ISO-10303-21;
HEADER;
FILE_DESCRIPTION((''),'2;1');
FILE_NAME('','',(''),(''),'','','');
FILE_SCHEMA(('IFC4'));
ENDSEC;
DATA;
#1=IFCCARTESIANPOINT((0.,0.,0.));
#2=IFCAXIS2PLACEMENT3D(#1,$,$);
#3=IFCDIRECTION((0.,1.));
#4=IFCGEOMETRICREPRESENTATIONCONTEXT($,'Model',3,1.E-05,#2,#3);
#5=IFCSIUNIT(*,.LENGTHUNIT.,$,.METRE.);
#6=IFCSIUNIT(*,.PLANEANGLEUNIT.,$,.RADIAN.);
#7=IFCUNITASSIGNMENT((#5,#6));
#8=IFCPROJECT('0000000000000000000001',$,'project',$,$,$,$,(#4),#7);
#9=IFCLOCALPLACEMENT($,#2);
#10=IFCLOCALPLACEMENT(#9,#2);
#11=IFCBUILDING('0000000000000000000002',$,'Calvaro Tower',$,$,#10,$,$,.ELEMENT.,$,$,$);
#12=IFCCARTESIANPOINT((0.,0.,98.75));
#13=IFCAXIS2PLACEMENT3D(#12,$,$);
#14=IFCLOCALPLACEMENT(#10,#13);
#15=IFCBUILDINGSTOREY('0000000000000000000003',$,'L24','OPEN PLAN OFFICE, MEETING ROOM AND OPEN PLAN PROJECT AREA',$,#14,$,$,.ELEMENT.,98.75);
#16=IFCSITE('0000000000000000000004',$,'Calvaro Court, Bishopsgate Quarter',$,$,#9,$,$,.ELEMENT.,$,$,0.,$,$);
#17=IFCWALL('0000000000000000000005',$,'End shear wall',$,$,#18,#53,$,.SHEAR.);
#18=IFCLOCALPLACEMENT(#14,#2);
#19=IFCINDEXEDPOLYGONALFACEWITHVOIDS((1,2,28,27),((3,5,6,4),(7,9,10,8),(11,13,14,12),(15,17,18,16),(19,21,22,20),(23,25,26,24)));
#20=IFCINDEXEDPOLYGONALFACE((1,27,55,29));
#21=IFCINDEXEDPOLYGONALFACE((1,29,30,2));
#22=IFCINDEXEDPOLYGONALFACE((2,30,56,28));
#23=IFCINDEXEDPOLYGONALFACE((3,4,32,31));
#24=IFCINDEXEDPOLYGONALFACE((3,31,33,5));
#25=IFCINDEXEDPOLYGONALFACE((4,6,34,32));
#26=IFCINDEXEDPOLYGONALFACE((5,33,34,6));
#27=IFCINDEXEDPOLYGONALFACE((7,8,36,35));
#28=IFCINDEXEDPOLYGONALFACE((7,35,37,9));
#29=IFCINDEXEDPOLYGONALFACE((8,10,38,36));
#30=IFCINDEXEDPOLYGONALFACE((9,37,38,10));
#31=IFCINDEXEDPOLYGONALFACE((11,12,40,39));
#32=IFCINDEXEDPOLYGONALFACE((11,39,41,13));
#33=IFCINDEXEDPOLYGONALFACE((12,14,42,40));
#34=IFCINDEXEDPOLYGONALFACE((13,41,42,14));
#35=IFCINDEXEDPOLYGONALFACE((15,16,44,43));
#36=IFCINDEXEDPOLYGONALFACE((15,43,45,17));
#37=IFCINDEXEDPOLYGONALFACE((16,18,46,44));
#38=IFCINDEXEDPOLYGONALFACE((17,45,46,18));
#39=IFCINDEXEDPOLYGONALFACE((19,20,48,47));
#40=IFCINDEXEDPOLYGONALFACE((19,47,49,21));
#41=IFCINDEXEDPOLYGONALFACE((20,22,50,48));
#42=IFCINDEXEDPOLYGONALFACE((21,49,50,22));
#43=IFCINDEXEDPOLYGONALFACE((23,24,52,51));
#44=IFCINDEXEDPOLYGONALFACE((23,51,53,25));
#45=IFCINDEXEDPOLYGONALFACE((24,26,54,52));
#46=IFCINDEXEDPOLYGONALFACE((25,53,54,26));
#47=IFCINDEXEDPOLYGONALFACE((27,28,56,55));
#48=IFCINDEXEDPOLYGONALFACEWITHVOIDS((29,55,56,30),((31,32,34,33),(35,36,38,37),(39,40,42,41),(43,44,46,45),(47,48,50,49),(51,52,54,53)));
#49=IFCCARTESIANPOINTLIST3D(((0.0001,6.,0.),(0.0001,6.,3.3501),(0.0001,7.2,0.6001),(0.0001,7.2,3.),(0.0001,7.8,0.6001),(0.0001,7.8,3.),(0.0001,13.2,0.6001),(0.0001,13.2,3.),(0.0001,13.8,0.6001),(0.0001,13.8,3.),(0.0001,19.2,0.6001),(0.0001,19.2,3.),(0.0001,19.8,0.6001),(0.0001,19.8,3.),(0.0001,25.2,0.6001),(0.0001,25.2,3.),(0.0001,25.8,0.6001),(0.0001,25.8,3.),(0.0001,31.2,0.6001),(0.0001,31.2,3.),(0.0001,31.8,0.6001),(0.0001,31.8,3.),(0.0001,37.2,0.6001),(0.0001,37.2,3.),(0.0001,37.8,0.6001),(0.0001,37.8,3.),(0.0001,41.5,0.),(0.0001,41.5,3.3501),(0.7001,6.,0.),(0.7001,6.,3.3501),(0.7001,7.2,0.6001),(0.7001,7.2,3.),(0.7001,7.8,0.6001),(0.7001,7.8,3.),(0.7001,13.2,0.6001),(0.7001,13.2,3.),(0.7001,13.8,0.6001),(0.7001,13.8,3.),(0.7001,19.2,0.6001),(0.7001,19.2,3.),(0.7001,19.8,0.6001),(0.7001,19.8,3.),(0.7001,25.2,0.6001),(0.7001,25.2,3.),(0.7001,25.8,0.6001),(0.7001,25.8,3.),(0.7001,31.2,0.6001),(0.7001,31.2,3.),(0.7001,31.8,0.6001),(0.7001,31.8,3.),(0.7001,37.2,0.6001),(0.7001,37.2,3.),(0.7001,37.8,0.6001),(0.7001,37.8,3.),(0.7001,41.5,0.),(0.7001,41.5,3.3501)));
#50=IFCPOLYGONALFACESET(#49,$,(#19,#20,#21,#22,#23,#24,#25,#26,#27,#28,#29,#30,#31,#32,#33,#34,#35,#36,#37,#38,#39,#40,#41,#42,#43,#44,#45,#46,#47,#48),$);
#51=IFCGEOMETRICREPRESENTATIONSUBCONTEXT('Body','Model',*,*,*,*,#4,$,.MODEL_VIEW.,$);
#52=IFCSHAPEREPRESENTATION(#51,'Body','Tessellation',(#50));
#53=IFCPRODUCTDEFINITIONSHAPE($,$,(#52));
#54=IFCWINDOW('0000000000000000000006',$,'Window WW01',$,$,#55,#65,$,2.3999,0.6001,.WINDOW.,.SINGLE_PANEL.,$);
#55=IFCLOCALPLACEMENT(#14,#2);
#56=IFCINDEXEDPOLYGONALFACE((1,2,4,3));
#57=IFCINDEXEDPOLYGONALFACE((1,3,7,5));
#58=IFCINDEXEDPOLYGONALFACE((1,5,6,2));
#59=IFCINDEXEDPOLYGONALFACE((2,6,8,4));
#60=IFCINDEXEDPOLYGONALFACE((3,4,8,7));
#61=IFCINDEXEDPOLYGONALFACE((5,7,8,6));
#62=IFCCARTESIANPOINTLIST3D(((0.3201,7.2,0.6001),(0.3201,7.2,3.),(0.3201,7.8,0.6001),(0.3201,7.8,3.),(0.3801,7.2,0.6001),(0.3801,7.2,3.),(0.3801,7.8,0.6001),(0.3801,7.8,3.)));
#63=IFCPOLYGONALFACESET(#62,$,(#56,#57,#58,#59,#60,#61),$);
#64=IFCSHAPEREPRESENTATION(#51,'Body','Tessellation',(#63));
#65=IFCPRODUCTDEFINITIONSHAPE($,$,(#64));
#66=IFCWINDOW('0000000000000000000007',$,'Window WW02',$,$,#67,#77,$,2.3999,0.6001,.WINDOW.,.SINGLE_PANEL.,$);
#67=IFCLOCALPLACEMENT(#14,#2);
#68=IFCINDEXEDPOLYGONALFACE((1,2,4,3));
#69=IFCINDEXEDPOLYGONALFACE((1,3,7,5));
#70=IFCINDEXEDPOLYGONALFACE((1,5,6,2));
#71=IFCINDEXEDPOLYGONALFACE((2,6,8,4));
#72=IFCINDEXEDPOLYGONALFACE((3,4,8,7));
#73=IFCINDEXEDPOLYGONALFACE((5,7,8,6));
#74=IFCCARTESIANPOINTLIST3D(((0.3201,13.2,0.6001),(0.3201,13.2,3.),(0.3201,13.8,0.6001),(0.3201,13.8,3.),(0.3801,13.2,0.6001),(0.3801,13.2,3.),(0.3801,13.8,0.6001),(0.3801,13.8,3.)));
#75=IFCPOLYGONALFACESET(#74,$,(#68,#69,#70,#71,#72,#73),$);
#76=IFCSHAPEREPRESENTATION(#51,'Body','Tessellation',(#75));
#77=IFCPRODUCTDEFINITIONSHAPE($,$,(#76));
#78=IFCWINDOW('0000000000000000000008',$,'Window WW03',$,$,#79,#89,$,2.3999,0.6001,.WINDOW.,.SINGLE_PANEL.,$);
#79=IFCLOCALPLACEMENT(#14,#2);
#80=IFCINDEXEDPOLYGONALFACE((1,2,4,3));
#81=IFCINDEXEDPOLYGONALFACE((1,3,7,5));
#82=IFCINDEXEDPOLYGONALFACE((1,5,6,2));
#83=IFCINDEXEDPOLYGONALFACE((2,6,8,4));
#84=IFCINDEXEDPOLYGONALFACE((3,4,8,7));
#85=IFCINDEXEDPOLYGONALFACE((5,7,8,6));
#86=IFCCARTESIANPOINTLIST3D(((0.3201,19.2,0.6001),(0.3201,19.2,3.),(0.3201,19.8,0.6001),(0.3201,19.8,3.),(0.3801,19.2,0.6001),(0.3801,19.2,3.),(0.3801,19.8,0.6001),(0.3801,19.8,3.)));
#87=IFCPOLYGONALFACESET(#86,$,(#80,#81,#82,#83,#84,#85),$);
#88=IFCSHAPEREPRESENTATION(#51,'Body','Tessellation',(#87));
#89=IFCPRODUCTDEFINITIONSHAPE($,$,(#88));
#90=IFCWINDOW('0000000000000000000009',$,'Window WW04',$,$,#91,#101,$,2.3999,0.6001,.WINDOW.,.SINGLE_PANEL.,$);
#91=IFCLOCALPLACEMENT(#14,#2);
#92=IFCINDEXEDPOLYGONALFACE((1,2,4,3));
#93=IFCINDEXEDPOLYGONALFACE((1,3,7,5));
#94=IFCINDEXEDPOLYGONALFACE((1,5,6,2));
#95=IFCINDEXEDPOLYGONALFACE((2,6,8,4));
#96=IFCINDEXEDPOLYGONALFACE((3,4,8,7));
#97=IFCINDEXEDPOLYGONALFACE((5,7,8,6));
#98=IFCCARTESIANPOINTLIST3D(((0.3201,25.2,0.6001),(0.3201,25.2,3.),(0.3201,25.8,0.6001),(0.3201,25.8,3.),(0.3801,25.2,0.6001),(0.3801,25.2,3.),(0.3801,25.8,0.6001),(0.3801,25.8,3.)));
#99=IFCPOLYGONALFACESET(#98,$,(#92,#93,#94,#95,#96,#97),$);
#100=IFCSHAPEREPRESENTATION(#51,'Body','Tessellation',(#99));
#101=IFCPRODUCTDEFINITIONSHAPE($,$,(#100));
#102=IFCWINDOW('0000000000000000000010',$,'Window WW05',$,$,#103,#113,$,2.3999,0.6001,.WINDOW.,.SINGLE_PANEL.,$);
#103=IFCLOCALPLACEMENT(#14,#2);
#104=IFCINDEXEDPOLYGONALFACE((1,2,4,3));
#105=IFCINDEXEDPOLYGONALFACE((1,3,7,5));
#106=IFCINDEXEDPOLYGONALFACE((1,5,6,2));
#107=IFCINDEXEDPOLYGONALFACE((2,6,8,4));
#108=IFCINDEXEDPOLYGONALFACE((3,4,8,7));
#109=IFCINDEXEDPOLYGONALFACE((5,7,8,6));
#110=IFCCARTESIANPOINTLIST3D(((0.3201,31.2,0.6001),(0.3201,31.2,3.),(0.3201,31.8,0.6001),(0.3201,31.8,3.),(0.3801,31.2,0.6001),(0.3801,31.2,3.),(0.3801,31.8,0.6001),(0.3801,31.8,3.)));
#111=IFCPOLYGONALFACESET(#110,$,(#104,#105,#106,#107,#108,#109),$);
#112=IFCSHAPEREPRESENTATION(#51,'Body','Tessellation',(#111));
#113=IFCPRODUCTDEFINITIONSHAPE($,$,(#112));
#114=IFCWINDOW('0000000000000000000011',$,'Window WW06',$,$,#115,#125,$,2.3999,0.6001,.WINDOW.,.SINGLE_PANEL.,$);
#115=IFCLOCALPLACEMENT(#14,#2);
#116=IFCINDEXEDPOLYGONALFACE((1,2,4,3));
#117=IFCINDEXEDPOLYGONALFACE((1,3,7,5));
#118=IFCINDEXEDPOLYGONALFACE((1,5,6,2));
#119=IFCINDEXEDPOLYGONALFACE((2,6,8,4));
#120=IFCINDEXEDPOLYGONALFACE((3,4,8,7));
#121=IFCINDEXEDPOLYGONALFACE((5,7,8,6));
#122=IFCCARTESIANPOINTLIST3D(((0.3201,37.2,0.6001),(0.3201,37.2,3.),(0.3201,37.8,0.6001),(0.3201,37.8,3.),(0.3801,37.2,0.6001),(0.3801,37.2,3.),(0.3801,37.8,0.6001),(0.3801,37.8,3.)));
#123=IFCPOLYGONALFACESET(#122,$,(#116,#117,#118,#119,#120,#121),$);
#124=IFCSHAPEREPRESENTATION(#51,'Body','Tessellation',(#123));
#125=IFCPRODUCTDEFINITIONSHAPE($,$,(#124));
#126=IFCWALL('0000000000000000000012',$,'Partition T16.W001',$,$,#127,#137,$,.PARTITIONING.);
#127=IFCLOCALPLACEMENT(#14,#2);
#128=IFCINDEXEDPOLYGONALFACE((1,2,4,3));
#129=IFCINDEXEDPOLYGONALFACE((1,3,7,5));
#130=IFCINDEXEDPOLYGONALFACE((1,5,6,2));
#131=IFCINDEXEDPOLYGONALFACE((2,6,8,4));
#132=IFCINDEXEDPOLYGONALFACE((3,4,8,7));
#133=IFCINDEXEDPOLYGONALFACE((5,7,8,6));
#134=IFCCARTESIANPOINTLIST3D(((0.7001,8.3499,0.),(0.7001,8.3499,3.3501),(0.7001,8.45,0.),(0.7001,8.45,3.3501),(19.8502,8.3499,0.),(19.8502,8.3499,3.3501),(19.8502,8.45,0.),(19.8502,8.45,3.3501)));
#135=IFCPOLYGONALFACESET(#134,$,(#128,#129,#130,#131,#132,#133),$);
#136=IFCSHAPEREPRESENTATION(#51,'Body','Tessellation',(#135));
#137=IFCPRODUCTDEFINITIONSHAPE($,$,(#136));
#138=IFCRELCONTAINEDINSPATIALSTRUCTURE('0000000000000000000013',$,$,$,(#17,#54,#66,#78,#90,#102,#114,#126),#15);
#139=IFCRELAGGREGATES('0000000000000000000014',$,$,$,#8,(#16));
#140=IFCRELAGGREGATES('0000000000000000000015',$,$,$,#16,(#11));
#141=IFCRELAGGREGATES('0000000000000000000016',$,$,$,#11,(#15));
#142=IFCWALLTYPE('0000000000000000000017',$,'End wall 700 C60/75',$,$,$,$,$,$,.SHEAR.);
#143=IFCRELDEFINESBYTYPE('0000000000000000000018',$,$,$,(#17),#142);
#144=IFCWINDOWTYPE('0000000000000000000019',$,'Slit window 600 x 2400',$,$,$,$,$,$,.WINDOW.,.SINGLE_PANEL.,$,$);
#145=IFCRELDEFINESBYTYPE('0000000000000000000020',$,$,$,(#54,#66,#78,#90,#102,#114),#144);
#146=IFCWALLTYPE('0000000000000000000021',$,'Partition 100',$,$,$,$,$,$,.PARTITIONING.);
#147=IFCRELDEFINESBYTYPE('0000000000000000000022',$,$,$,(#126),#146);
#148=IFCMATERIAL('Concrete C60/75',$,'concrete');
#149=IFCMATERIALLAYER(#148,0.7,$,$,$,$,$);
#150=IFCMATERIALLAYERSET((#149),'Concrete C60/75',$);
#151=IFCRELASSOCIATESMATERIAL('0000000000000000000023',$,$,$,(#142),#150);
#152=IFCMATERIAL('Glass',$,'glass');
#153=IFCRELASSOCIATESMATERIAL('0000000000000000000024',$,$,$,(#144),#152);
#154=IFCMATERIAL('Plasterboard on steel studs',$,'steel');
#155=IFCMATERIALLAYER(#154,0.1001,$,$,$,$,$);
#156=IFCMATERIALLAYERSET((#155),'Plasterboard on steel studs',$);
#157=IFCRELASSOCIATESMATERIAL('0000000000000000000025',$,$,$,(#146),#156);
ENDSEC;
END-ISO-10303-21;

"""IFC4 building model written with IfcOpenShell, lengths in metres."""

from ifc_helpers import new_model, si_unit, direction, frame, frame_2d, origin, place, context, subcontext, project, spatial, rectangle, extrude, material, layer, layer_set, type_object, element, fill, save


model = new_model("IFC4")

# Units and contexts
model_context = context("Model", 3, precision=1e-05, world=origin(), true_north=direction((0.0, 1.0)))
body_context = subcontext(model_context, "Body", "Model", "MODEL_VIEW")
ifc_project = project(units=[si_unit("LENGTHUNIT", "METRE"), si_unit("PLANEANGLEUNIT", "RADIAN")], contexts=[model_context])

# Site, building, storey
site_placement = place(None, origin())
site = spatial("IfcSite", under=ifc_project, at=site_placement, Name="Calvaro Court, Bishopsgate Quarter", CompositionType="ELEMENT", RefElevation=0.0)
building_placement = place(site_placement, origin())
building = spatial("IfcBuilding", under=site, at=building_placement, Name="Calvaro Tower", CompositionType="ELEMENT")
storey_placement = place(building_placement, frame((0.0, 0.0, 98.75)))
storey = spatial("IfcBuildingStorey", under=building, at=storey_placement, Name="L24", Description="OPEN PLAN OFFICE, MEETING ROOM AND OPEN PLAN PROJECT AREA", CompositionType="ELEMENT", Elevation=98.75)

# Wall, openings, windows
ifc_material_1 = material(Name="Concrete C60/75", Category="concrete")
ifc_layer_1 = layer(ifc_material_1, 0.7)
ifc_layer_set_1 = layer_set([ifc_layer_1], Name="Concrete C60/75")
wall_type_1 = type_object("IfcWallType", Name="End wall 700 C60/75", PredefinedType="SHEAR", material=ifc_layer_set_1)
wall_1_placement = place(storey_placement, frame((0.3501, 6.0, 0.0), z_axis=(0.0, 0.0, 1.0), x_axis=(0.0, 1.0, 0.0)))
wall_1 = element("IfcWall", 1, at=wall_1_placement, inside=storey, type_object=wall_type_1, Name="End shear wall", PredefinedType="SHEAR", context=body_context, shape_type="SweptSolid", body=[
    extrude(rectangle(XDim=35.5, YDim=0.7, at=frame_2d((17.75, 0.0))), origin(), (0.0, 0.0, 1.0), 3.3501),
])
opening_1_placement = place(wall_1_placement, frame((1.2, 0.0, 0.6001)))
opening_1 = element("IfcOpeningElement", 2, at=opening_1_placement, cuts=wall_1, PredefinedType="OPENING", context=body_context, shape_type="SweptSolid", body=[
    extrude(rectangle(XDim=0.6001, YDim=2.3999, at=frame_2d((0.3, 1.2))), frame((0.0, 0.3599, 0.0), z_axis=(0.0, -1.0, 0.0), x_axis=(1.0, 0.0, 0.0)), (0.0, 0.0, 1.0), 0.72),
])
opening_2_placement = place(wall_1_placement, frame((7.2, 0.0, 0.6001)))
opening_2 = element("IfcOpeningElement", 3, at=opening_2_placement, cuts=wall_1, PredefinedType="OPENING", context=body_context, shape_type="SweptSolid", body=[
    extrude(rectangle(XDim=0.6001, YDim=2.3999, at=frame_2d((0.3, 1.2))), frame((0.0, 0.3599, 0.0), z_axis=(0.0, -1.0, 0.0), x_axis=(1.0, 0.0, 0.0)), (0.0, 0.0, 1.0), 0.72),
])
opening_3_placement = place(wall_1_placement, frame((13.2, 0.0, 0.6001)))
opening_3 = element("IfcOpeningElement", 4, at=opening_3_placement, cuts=wall_1, PredefinedType="OPENING", context=body_context, shape_type="SweptSolid", body=[
    extrude(rectangle(XDim=0.6001, YDim=2.3999, at=frame_2d((0.3, 1.2))), frame((0.0, 0.3599, 0.0), z_axis=(0.0, -1.0, 0.0), x_axis=(1.0, 0.0, 0.0)), (0.0, 0.0, 1.0), 0.72),
])
opening_4_placement = place(wall_1_placement, frame((19.2, 0.0, 0.6001)))
opening_4 = element("IfcOpeningElement", 5, at=opening_4_placement, cuts=wall_1, PredefinedType="OPENING", context=body_context, shape_type="SweptSolid", body=[
    extrude(rectangle(XDim=0.6001, YDim=2.3999, at=frame_2d((0.3, 1.2))), frame((0.0, 0.3599, 0.0), z_axis=(0.0, -1.0, 0.0), x_axis=(1.0, 0.0, 0.0)), (0.0, 0.0, 1.0), 0.72),
])
opening_5_placement = place(wall_1_placement, frame((25.2, 0.0, 0.6001)))
opening_5 = element("IfcOpeningElement", 6, at=opening_5_placement, cuts=wall_1, PredefinedType="OPENING", context=body_context, shape_type="SweptSolid", body=[
    extrude(rectangle(XDim=0.6001, YDim=2.3999, at=frame_2d((0.3, 1.2))), frame((0.0, 0.3599, 0.0), z_axis=(0.0, -1.0, 0.0), x_axis=(1.0, 0.0, 0.0)), (0.0, 0.0, 1.0), 0.72),
])
opening_6_placement = place(wall_1_placement, frame((31.2, 0.0, 0.6001)))
opening_6 = element("IfcOpeningElement", 7, at=opening_6_placement, cuts=wall_1, PredefinedType="OPENING", context=body_context, shape_type="SweptSolid", body=[
    extrude(rectangle(XDim=0.6001, YDim=2.3999, at=frame_2d((0.3, 1.2))), frame((0.0, 0.3599, 0.0), z_axis=(0.0, -1.0, 0.0), x_axis=(1.0, 0.0, 0.0)), (0.0, 0.0, 1.0), 0.72),
])
ifc_material_2 = material(Name="Glass", Category="glass")
window_type = type_object("IfcWindowType", Name="Slit window 600 x 2400", PartitioningType="SINGLE_PANEL", PredefinedType="WINDOW", material=ifc_material_2)
window_1_placement = place(opening_1_placement, origin())
window_1 = element("IfcWindow", 8, at=window_1_placement, inside=storey, type_object=window_type, Name="Window WW01", OverallHeight=2.3999, OverallWidth=0.6001, PartitioningType="SINGLE_PANEL", PredefinedType="WINDOW", context=body_context, shape_type="SweptSolid", body=[
    extrude(rectangle(XDim=0.6001, YDim=2.3999, at=frame_2d((0.3, 1.2))), frame((0.0, 0.03, 0.0), z_axis=(0.0, -1.0, 0.0), x_axis=(1.0, 0.0, 0.0)), (0.0, 0.0, 1.0), 0.0601),
])
fill(opening_1, window_1)
window_2_placement = place(opening_2_placement, origin())
window_2 = element("IfcWindow", 9, at=window_2_placement, inside=storey, type_object=window_type, Name="Window WW02", OverallHeight=2.3999, OverallWidth=0.6001, PartitioningType="SINGLE_PANEL", PredefinedType="WINDOW", context=body_context, shape_type="SweptSolid", body=[
    extrude(rectangle(XDim=0.6001, YDim=2.3999, at=frame_2d((0.3, 1.2))), frame((0.0, 0.03, 0.0), z_axis=(0.0, -1.0, 0.0), x_axis=(1.0, 0.0, 0.0)), (0.0, 0.0, 1.0), 0.0601),
])
fill(opening_2, window_2)
window_3_placement = place(opening_3_placement, origin())
window_3 = element("IfcWindow", 10, at=window_3_placement, inside=storey, type_object=window_type, Name="Window WW03", OverallHeight=2.3999, OverallWidth=0.6001, PartitioningType="SINGLE_PANEL", PredefinedType="WINDOW", context=body_context, shape_type="SweptSolid", body=[
    extrude(rectangle(XDim=0.6001, YDim=2.3999, at=frame_2d((0.3, 1.2))), frame((0.0, 0.03, 0.0), z_axis=(0.0, -1.0, 0.0), x_axis=(1.0, 0.0, 0.0)), (0.0, 0.0, 1.0), 0.0601),
])
fill(opening_3, window_3)
window_4_placement = place(opening_4_placement, origin())
window_4 = element("IfcWindow", 11, at=window_4_placement, inside=storey, type_object=window_type, Name="Window WW04", OverallHeight=2.3999, OverallWidth=0.6001, PartitioningType="SINGLE_PANEL", PredefinedType="WINDOW", context=body_context, shape_type="SweptSolid", body=[
    extrude(rectangle(XDim=0.6001, YDim=2.3999, at=frame_2d((0.3, 1.2))), frame((0.0, 0.03, 0.0), z_axis=(0.0, -1.0, 0.0), x_axis=(1.0, 0.0, 0.0)), (0.0, 0.0, 1.0), 0.0601),
])
fill(opening_4, window_4)
window_5_placement = place(opening_5_placement, origin())
window_5 = element("IfcWindow", 12, at=window_5_placement, inside=storey, type_object=window_type, Name="Window WW05", OverallHeight=2.3999, OverallWidth=0.6001, PartitioningType="SINGLE_PANEL", PredefinedType="WINDOW", context=body_context, shape_type="SweptSolid", body=[
    extrude(rectangle(XDim=0.6001, YDim=2.3999, at=frame_2d((0.3, 1.2))), frame((0.0, 0.03, 0.0), z_axis=(0.0, -1.0, 0.0), x_axis=(1.0, 0.0, 0.0)), (0.0, 0.0, 1.0), 0.0601),
])
fill(opening_5, window_5)
window_6_placement = place(opening_6_placement, origin())
window_6 = element("IfcWindow", 13, at=window_6_placement, inside=storey, type_object=window_type, Name="Window WW06", OverallHeight=2.3999, OverallWidth=0.6001, PartitioningType="SINGLE_PANEL", PredefinedType="WINDOW", context=body_context, shape_type="SweptSolid", body=[
    extrude(rectangle(XDim=0.6001, YDim=2.3999, at=frame_2d((0.3, 1.2))), frame((0.0, 0.03, 0.0), z_axis=(0.0, -1.0, 0.0), x_axis=(1.0, 0.0, 0.0)), (0.0, 0.0, 1.0), 0.0601),
])
fill(opening_6, window_6)

# Wall
ifc_material_3 = material(Name="Plasterboard on steel studs", Category="steel")
ifc_layer_2 = layer(ifc_material_3, 0.1001)
ifc_layer_set_2 = layer_set([ifc_layer_2], Name="Plasterboard on steel studs")
wall_type_2 = type_object("IfcWallType", Name="Partition 100", PredefinedType="PARTITIONING", material=ifc_layer_set_2)
wall_2_placement = place(storey_placement, frame((0.7, 8.3999, 0.0), z_axis=(0.0, 0.0, 1.0), x_axis=(1.0, 0.0, 0.0)))
element("IfcWall", 14, at=wall_2_placement, inside=storey, type_object=wall_type_2, Name="Partition T16.W001", PredefinedType="PARTITIONING", context=body_context, shape_type="SweptSolid", body=[
    extrude(rectangle(XDim=19.1501, YDim=0.1001, at=frame_2d((9.5752, 0.0))), origin(), (0.0, 0.0, 1.0), 3.3501),
])

save(model, "model.ifc")
